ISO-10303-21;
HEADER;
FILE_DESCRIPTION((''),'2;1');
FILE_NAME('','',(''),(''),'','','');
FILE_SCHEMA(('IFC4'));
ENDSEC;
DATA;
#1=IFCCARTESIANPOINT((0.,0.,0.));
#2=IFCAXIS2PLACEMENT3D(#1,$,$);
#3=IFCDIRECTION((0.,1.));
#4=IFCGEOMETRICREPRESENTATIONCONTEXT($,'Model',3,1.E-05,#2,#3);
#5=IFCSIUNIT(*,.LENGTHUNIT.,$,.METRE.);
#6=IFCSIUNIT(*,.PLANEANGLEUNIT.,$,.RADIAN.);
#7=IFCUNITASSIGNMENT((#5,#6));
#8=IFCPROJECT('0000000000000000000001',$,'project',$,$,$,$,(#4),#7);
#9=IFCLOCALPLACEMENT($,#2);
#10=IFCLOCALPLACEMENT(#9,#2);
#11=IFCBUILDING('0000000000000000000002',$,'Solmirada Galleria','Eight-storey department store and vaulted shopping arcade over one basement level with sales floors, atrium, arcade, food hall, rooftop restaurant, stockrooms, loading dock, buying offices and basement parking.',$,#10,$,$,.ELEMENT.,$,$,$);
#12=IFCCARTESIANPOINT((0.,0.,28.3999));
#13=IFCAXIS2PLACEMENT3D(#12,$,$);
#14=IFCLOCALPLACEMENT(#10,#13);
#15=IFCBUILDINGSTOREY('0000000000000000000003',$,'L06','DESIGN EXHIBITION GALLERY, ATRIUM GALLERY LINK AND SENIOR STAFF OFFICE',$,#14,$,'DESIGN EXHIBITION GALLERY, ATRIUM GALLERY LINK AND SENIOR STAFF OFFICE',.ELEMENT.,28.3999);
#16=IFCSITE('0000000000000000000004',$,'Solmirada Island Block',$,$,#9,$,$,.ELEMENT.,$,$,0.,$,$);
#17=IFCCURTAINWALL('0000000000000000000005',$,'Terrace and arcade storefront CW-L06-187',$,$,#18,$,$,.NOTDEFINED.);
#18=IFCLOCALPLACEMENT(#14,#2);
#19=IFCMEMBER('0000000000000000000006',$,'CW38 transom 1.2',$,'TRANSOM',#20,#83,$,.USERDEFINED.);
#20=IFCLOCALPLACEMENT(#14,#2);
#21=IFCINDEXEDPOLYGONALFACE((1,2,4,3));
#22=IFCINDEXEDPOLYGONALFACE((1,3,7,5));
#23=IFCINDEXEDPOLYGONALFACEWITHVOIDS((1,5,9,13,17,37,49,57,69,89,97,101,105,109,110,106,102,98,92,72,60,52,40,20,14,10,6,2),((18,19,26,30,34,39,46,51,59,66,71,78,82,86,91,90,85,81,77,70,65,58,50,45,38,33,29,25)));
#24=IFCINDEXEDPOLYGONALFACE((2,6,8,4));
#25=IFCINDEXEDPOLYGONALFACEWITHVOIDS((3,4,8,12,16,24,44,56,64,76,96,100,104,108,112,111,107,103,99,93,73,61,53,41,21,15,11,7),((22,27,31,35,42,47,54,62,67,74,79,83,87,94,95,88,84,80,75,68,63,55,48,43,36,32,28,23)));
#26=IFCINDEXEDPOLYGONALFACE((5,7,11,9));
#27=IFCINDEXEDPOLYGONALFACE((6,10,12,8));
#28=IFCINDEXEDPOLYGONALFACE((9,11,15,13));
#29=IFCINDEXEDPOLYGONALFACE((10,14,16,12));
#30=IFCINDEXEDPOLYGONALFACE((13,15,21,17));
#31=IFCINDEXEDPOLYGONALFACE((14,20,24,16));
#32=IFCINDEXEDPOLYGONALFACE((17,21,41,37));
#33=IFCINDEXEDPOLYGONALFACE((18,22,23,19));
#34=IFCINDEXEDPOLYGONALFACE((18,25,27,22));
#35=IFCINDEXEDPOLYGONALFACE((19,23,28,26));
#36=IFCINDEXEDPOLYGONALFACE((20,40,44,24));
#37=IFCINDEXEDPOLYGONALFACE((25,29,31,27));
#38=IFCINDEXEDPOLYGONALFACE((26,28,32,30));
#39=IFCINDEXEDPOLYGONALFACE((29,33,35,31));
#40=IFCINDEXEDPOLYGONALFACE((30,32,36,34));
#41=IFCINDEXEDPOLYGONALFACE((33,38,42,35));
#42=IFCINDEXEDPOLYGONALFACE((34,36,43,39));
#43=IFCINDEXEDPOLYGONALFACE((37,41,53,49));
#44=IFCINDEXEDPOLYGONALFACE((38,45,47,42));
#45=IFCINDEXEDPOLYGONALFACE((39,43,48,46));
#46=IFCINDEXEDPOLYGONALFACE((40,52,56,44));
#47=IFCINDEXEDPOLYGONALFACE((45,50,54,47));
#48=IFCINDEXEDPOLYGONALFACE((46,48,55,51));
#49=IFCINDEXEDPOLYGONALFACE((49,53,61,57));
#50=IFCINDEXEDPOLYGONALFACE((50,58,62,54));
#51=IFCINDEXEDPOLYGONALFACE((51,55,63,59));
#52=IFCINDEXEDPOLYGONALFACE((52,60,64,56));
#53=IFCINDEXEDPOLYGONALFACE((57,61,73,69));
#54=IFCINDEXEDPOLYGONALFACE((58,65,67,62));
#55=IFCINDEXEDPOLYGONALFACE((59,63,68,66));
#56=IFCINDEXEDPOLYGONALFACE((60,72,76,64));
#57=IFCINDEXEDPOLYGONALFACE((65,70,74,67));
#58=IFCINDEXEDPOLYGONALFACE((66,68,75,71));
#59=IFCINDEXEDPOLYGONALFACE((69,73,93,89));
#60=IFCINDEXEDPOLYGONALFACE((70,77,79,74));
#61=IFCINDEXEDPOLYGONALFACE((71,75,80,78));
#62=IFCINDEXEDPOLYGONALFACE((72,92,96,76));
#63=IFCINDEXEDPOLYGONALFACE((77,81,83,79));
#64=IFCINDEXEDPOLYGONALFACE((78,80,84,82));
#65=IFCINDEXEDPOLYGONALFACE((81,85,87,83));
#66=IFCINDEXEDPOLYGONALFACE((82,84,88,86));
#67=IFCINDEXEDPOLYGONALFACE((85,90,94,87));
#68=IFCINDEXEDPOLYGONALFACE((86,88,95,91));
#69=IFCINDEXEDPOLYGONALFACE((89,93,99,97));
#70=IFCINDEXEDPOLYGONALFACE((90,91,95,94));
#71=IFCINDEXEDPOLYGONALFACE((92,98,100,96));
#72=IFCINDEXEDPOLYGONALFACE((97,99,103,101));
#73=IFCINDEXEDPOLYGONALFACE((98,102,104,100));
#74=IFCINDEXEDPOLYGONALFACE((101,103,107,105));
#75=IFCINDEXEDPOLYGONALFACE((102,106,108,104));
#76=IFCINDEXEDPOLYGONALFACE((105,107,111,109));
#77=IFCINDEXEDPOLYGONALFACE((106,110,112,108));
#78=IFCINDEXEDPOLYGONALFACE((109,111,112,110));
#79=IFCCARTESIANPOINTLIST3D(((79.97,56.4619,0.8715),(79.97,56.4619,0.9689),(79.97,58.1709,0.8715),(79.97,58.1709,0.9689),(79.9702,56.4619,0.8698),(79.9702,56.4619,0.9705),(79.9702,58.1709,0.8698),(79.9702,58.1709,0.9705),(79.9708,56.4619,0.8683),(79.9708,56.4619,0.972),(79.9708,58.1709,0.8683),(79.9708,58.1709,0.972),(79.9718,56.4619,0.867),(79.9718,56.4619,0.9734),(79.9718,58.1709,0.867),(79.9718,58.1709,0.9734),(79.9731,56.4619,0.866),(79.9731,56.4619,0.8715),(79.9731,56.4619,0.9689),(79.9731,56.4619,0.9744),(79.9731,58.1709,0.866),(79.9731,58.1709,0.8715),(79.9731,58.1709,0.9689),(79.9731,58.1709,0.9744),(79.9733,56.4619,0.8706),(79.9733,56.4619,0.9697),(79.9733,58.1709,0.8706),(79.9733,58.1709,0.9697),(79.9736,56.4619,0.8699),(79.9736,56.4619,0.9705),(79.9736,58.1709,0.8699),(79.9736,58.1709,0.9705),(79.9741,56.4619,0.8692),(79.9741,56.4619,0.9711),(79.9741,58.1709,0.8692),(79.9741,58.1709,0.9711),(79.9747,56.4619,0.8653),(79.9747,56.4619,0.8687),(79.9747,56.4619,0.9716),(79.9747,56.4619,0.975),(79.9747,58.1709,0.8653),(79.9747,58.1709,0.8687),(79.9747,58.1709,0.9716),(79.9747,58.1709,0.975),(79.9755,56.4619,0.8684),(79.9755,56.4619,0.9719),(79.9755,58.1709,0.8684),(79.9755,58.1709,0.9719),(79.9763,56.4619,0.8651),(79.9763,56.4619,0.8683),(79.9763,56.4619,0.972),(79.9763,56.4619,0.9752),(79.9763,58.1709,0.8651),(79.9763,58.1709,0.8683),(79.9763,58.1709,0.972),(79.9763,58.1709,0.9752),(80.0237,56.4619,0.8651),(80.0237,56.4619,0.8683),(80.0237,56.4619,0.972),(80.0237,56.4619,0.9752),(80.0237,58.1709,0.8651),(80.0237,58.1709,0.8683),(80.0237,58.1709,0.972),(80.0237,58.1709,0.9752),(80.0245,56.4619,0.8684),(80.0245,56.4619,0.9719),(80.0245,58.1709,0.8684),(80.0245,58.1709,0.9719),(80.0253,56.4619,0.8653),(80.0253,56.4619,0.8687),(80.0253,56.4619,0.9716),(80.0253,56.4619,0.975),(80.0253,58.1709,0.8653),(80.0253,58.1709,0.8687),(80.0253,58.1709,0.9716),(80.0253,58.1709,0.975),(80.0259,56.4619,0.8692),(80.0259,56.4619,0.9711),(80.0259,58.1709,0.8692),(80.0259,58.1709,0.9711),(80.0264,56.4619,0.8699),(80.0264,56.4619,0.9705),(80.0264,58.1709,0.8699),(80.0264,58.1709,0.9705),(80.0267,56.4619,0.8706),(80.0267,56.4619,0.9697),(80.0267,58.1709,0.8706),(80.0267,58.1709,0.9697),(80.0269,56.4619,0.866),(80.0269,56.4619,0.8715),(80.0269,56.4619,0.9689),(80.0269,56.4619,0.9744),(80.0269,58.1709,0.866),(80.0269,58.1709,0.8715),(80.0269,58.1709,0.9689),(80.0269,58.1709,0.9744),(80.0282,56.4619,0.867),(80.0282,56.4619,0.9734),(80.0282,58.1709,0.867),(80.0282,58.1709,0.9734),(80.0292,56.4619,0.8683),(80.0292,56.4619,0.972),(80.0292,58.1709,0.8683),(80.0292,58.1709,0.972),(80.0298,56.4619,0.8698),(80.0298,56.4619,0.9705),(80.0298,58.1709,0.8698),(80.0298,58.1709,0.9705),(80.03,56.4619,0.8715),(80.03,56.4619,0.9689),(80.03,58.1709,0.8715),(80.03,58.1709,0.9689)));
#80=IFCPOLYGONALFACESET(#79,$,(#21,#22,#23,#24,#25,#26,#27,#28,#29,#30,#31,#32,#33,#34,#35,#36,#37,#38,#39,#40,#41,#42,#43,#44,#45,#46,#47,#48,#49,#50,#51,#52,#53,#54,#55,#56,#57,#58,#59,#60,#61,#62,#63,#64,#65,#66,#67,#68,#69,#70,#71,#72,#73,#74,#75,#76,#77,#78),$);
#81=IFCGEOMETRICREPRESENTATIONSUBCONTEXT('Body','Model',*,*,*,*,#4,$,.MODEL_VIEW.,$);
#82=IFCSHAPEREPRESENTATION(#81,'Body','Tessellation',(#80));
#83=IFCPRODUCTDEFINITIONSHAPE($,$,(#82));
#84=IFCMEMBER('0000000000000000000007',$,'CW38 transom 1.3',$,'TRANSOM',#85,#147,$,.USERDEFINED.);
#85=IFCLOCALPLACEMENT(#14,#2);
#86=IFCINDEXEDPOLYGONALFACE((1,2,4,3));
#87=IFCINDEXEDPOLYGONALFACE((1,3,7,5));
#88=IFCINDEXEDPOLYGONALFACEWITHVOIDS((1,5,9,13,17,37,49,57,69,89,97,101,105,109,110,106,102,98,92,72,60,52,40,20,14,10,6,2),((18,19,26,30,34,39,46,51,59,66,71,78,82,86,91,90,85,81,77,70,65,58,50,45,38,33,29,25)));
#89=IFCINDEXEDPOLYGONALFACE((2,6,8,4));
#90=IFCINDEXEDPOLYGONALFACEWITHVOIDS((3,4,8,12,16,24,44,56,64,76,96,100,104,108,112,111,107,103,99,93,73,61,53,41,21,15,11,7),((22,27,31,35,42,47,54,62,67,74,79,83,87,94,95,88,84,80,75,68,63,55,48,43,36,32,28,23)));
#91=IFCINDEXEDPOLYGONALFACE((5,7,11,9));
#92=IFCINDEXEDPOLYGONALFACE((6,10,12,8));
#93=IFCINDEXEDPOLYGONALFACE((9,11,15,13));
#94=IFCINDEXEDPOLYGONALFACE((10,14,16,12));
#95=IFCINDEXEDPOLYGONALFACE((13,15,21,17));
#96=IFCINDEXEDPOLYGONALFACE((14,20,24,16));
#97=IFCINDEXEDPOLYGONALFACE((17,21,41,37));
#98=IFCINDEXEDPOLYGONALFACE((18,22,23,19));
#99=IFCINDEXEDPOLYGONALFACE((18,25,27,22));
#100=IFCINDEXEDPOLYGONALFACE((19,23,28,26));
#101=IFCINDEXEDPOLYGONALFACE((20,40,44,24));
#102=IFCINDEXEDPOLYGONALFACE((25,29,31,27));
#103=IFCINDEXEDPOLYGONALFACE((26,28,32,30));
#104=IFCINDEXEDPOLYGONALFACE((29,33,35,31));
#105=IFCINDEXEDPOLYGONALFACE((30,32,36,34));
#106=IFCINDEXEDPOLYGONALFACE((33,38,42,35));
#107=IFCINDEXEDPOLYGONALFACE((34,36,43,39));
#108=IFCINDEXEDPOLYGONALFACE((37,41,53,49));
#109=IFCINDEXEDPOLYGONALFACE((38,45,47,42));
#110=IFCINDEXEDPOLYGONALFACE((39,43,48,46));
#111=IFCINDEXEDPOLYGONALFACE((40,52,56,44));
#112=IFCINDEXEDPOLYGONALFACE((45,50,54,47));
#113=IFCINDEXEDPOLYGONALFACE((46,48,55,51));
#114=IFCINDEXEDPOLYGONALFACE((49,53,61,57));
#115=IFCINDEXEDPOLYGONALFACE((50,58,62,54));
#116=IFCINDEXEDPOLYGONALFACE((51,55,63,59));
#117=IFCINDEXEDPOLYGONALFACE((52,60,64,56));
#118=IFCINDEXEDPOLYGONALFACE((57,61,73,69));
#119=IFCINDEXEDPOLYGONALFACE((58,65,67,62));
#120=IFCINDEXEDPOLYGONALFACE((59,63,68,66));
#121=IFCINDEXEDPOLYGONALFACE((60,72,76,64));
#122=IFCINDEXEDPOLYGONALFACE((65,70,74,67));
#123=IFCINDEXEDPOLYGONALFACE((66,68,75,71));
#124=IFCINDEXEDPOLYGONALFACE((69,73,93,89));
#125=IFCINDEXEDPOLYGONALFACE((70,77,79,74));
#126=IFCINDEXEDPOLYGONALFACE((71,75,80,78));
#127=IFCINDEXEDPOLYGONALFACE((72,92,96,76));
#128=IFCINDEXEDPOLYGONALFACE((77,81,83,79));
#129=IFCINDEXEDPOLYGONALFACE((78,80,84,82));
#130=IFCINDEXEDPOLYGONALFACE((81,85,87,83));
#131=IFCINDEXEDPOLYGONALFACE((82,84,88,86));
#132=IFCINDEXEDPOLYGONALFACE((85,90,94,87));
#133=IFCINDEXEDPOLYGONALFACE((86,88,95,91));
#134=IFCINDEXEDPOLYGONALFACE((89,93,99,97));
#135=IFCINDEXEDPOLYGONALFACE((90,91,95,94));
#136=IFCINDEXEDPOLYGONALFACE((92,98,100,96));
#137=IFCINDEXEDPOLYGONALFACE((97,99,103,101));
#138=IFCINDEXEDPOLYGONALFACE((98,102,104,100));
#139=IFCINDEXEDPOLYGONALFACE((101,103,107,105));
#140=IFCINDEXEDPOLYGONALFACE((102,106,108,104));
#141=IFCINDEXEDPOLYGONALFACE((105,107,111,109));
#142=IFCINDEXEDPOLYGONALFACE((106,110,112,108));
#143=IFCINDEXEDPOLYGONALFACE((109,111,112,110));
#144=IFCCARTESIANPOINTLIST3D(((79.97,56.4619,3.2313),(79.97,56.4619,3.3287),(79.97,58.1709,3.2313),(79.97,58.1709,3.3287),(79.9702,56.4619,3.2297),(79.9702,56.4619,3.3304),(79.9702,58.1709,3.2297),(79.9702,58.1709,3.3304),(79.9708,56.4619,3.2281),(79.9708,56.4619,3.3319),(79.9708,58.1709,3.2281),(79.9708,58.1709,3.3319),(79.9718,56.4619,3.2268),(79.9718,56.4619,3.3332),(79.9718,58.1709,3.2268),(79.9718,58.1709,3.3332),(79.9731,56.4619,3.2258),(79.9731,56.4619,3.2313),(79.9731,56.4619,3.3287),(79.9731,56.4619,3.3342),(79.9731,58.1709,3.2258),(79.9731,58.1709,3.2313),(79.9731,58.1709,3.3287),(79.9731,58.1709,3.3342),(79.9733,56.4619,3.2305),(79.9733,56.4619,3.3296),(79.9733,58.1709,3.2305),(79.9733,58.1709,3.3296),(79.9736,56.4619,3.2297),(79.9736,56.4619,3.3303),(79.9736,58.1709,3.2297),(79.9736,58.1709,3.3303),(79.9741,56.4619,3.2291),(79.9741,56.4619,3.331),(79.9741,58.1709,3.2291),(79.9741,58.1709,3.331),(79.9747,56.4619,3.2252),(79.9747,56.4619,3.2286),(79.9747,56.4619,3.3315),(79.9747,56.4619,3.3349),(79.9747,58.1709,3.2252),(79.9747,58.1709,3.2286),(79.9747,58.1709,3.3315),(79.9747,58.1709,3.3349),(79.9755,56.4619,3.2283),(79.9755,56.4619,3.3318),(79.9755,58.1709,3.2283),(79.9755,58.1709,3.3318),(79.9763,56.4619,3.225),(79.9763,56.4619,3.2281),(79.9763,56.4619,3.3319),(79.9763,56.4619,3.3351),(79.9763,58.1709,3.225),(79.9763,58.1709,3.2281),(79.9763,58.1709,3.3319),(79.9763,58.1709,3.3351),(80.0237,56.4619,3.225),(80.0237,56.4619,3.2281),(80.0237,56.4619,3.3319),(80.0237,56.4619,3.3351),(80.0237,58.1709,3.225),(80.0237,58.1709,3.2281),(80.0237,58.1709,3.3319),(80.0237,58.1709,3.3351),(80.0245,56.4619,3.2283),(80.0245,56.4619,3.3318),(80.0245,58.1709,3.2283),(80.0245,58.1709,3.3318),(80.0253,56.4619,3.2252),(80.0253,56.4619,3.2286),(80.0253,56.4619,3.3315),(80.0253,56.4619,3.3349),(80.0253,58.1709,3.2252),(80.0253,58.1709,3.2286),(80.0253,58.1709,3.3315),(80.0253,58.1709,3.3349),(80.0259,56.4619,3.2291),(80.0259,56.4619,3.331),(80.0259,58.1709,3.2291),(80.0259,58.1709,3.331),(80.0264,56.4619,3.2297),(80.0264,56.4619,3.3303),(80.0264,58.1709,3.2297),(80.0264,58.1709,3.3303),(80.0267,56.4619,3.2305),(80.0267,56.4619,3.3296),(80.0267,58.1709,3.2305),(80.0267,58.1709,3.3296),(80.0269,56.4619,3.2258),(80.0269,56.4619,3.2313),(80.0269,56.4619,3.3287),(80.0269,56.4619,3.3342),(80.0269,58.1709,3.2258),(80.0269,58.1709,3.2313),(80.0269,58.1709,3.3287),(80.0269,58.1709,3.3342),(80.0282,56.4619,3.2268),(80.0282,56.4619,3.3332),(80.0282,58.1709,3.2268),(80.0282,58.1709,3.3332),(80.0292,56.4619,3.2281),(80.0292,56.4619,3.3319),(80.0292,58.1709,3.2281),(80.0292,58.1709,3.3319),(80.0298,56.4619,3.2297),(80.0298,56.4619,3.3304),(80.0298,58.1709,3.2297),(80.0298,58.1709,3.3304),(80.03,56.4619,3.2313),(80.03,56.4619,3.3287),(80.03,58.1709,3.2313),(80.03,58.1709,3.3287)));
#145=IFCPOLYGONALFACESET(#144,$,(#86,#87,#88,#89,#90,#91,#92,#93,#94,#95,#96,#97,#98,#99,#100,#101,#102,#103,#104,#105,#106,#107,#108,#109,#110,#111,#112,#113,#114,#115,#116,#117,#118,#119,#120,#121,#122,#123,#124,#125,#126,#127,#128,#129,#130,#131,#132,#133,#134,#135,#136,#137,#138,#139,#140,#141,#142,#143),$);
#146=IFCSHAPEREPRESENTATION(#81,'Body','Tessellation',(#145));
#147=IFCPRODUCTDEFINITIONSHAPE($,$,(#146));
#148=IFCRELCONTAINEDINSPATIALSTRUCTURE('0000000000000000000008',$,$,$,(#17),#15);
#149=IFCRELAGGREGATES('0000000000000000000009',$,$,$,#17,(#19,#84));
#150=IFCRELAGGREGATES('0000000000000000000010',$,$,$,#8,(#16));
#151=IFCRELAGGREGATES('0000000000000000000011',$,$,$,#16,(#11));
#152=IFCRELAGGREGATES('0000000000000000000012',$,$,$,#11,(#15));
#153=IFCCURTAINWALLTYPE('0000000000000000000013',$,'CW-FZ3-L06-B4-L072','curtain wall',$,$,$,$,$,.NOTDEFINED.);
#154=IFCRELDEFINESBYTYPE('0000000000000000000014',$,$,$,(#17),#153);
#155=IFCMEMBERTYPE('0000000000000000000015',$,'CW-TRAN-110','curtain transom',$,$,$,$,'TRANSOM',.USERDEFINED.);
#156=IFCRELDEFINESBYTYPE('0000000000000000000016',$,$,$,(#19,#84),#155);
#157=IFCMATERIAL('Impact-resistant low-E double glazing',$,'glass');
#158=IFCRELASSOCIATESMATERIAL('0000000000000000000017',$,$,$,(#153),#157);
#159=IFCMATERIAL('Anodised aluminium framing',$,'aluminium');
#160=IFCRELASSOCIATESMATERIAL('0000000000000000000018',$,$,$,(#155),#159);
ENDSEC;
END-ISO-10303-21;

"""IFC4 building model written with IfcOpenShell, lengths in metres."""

from ifc_helpers import new_model, si_unit, direction, frame, origin, origin_2d, place, context, subcontext, project, spatial, hollow_rectangle, extrude, material, material_profile, profile_set, type_object, element, aggregate, save


model = new_model("IFC4")

# Units and contexts
model_context = context("Model", 3, precision=1e-05, world=origin(), true_north=direction((0.0, 1.0)))
body_context = subcontext(model_context, "Body", "Model", "MODEL_VIEW")
ifc_project = project(units=[si_unit("LENGTHUNIT", "METRE"), si_unit("PLANEANGLEUNIT", "RADIAN")], contexts=[model_context])

# Site, building, storey
site_placement = place(None, origin())
site = spatial("IfcSite", under=ifc_project, at=site_placement, Name="Solmirada Island Block", CompositionType="ELEMENT", RefElevation=0.0)
building_placement = place(site_placement, origin())
building = spatial("IfcBuilding", under=site, at=building_placement, Name="Solmirada Galleria", Description="Eight-storey department store and vaulted shopping arcade over one basement level with sales floors, atrium, arcade, food hall, rooftop restaurant, stockrooms, loading dock, buying offices and basement parking.", CompositionType="ELEMENT")
storey_placement = place(building_placement, frame((0.0, 0.0, 28.3999)))
storey = spatial("IfcBuildingStorey", under=building, at=storey_placement, Name="L06", Description="DESIGN EXHIBITION GALLERY, ATRIUM GALLERY LINK AND SENIOR STAFF OFFICE", LongName="DESIGN EXHIBITION GALLERY, ATRIUM GALLERY LINK AND SENIOR STAFF OFFICE", CompositionType="ELEMENT", Elevation=28.3999)

# Shared definitions
ifc_material_1 = material(Name="Impact-resistant low-E double glazing", Category="glass")
curtain_wall_type = type_object("IfcCurtainWallType", Name="CW-FZ3-L06-B4-L072", Description="curtain wall", PredefinedType="NOTDEFINED", material=ifc_material_1)
ifc_material_2 = material(Name="Anodised aluminium framing", Category="aluminium")

# Curtain wall, members
curtain_wall_1_placement = place(storey_placement, origin())
curtain_wall_1 = element("IfcCurtainWall", 1, at=curtain_wall_1_placement, inside=storey, type_object=curtain_wall_type, Name="Terrace and arcade storefront CW-L06-187", PredefinedType="NOTDEFINED")
ifc_material_profile_1 = material_profile(ifc_material_2, hollow_rectangle(XDim=0.0601, YDim=0.1101, WallThickness=0.0032, InnerFilletRadius=0.0032, OuterFilletRadius=0.0063, at=origin_2d()), Name="ALU-TRAN-110X60")
ifc_profile_set_1 = profile_set([ifc_material_profile_1], Name="Anodised aluminium framing")
member_type_1 = type_object("IfcMemberType", Name="CW-TRAN-110", Description="curtain transom", ElementType="TRANSOM", PredefinedType="USERDEFINED", material=ifc_profile_set_1)
member_1_placement = place(storey_placement, frame((80.0, 56.4619, 0.9202), z_axis=(0.0, 1.0, 0.0), x_axis=(-1.0, 0.0, 0.0)))
member_1 = element("IfcMember", 2, at=member_1_placement, type_object=member_type_1, Name="CW38 transom 1.2", ObjectType="TRANSOM", PredefinedType="USERDEFINED", context=body_context, shape_type="SweptSolid", body=[
    extrude(hollow_rectangle(XDim=0.0601, YDim=0.1101, WallThickness=0.0032, InnerFilletRadius=0.0032, OuterFilletRadius=0.0063, at=origin_2d()), origin(), (0.0, 0.0, 1.0), 1.709),
])
member_2_placement = place(storey_placement, frame((80.0, 56.4619, 3.28), z_axis=(0.0, 1.0, 0.0), x_axis=(-1.0, 0.0, 0.0)))
member_2 = element("IfcMember", 3, at=member_2_placement, type_object=member_type_1, Name="CW38 transom 1.3", ObjectType="TRANSOM", PredefinedType="USERDEFINED", context=body_context, shape_type="SweptSolid", body=[
    extrude(hollow_rectangle(XDim=0.0601, YDim=0.1101, WallThickness=0.0032, InnerFilletRadius=0.0032, OuterFilletRadius=0.0063, at=origin_2d()), origin(), (0.0, 0.0, 1.0), 1.709),
])

aggregate(curtain_wall_1, [member_1, member_2])

save(model, "model.ifc")
